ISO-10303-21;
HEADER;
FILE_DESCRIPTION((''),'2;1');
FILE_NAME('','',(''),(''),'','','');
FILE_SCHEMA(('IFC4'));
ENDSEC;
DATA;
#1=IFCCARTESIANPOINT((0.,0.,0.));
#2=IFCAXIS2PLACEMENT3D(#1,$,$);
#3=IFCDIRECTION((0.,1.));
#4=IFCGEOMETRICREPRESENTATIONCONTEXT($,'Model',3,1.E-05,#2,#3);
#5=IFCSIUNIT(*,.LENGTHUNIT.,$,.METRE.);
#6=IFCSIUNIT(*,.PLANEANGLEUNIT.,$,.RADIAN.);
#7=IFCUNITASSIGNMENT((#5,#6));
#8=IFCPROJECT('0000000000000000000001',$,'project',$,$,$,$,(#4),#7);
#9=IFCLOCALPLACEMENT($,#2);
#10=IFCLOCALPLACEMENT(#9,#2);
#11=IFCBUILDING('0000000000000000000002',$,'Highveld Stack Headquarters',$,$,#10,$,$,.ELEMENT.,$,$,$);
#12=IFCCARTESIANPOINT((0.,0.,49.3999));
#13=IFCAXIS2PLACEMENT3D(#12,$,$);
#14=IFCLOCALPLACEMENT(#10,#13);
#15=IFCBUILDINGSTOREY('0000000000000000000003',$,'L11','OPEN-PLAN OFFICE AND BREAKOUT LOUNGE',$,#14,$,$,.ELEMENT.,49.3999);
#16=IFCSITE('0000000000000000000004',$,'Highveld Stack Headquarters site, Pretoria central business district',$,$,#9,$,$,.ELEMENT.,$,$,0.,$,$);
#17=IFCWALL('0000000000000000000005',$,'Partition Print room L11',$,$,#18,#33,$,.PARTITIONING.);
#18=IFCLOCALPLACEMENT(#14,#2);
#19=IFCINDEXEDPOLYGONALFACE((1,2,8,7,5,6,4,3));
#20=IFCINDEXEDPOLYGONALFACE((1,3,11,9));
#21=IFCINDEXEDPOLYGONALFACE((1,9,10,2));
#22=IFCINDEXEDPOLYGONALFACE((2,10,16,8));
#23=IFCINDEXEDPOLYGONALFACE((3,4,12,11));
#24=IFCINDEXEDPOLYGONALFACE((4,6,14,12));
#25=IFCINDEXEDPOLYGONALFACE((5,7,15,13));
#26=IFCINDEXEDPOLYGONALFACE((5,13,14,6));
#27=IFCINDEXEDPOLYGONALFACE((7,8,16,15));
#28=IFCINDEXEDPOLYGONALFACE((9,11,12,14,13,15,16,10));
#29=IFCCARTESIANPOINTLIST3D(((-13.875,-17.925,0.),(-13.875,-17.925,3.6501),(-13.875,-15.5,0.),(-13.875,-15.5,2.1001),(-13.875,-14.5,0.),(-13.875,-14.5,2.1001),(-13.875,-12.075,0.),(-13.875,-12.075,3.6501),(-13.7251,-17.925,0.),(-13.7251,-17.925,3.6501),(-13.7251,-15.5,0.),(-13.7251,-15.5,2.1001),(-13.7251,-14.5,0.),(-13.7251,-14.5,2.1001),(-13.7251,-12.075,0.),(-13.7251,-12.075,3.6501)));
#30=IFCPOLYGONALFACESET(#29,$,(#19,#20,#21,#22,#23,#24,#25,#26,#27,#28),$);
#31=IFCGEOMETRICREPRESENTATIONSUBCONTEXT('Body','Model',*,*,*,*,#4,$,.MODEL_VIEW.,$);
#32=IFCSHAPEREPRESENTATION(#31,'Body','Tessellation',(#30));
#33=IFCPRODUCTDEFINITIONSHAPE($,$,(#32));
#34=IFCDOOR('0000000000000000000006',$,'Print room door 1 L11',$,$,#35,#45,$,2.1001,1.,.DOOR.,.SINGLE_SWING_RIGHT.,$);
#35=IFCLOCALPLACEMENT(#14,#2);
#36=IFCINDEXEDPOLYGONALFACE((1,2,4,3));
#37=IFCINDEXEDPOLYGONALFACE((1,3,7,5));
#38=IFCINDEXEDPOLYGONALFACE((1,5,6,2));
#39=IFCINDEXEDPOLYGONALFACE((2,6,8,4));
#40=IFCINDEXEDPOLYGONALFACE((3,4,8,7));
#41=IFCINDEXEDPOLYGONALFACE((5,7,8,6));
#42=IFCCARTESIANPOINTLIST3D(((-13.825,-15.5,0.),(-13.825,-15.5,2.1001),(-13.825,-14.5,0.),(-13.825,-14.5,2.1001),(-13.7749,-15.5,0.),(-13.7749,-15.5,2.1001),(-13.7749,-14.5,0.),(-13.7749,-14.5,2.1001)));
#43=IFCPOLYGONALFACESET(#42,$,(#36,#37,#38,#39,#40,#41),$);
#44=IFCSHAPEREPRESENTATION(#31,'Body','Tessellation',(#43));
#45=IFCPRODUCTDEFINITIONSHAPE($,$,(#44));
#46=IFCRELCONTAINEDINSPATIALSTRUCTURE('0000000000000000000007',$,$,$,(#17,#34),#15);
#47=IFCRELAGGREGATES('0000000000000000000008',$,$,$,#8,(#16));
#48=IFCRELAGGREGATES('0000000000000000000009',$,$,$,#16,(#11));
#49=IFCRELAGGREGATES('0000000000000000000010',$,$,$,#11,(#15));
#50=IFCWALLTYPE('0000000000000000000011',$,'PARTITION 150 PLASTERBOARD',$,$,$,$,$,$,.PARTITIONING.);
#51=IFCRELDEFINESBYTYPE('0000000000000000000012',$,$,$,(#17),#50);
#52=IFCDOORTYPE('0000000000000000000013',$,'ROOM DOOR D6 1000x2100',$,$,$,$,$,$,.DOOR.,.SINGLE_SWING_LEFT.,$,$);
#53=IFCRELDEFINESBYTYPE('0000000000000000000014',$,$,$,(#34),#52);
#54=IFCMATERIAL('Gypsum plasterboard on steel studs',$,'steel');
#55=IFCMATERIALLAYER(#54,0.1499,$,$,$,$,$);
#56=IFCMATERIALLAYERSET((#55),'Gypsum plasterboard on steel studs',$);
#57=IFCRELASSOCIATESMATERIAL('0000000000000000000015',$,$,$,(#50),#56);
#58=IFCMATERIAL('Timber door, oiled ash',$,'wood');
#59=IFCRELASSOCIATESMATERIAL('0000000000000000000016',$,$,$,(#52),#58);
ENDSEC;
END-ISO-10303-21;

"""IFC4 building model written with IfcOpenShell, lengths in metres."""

from ifc_helpers import new_model, si_unit, direction, frame, frame_2d, origin, place, context, subcontext, project, spatial, rectangle, extrude, material, layer, layer_set, type_object, element, fill, save


model = new_model("IFC4")

# Units and contexts
model_context = context("Model", 3, precision=1e-05, world=origin(), true_north=direction((0.0, 1.0)))
body_context = subcontext(model_context, "Body", "Model", "MODEL_VIEW")
ifc_project = project(units=[si_unit("LENGTHUNIT", "METRE"), si_unit("PLANEANGLEUNIT", "RADIAN")], contexts=[model_context])

# Site, building, storey
site_placement = place(None, origin())
site = spatial("IfcSite", under=ifc_project, at=site_placement, Name="Highveld Stack Headquarters site, Pretoria central business district", CompositionType="ELEMENT", RefElevation=0.0)
building_placement = place(site_placement, origin())
building = spatial("IfcBuilding", under=site, at=building_placement, Name="Highveld Stack Headquarters", CompositionType="ELEMENT")
storey_placement = place(building_placement, frame((0.0, 0.0, 49.3999)))
storey = spatial("IfcBuildingStorey", under=building, at=storey_placement, Name="L11", Description="OPEN-PLAN OFFICE AND BREAKOUT LOUNGE", CompositionType="ELEMENT", Elevation=49.3999)

# Shared definitions
ifc_material_1 = material(Name="Gypsum plasterboard on steel studs", Category="steel")
ifc_layer_1 = layer(ifc_material_1, 0.1499)
ifc_layer_set_1 = layer_set([ifc_layer_1], Name="Gypsum plasterboard on steel studs")
wall_type = type_object("IfcWallType", Name="PARTITION 150 PLASTERBOARD", PredefinedType="PARTITIONING", material=ifc_layer_set_1)

# Wall, opening, door
wall_1_placement = place(storey_placement, frame((-13.8, -17.925, 0.0), z_axis=(0.0, 0.0, 1.0), x_axis=(0.0, 1.0, 0.0)))
wall_1 = element("IfcWall", 1, at=wall_1_placement, inside=storey, type_object=wall_type, Name="Partition Print room L11", PredefinedType="PARTITIONING", context=body_context, shape_type="SweptSolid", body=[
    extrude(rectangle(XDim=5.8501, YDim=0.1499, at=frame_2d((2.925, 0.0))), origin(), (0.0, 0.0, 1.0), 3.6501),
])
opening_placement = place(wall_1_placement, frame((2.425, 0.0, 0.0)))
opening = element("IfcOpeningElement", 2, at=opening_placement, cuts=wall_1, PredefinedType="OPENING", context=body_context, shape_type="SweptSolid", body=[
    extrude(rectangle(XDim=1.0, YDim=2.1001, at=frame_2d((0.5, 1.05))), frame((0.0, 0.085, 0.0), z_axis=(0.0, -1.0, 0.0), x_axis=(1.0, 0.0, 0.0)), (0.0, 0.0, 1.0), 0.1699),
])
ifc_material_2 = material(Name="Timber door, oiled ash", Category="wood")
door_type = type_object("IfcDoorType", Name="ROOM DOOR D6 1000x2100", OperationType="SINGLE_SWING_LEFT", PredefinedType="DOOR", material=ifc_material_2)
door_placement = place(opening_placement, origin())
door = element("IfcDoor", 3, at=door_placement, inside=storey, type_object=door_type, Name="Print room door 1 L11", OperationType="SINGLE_SWING_RIGHT", OverallHeight=2.1001, OverallWidth=1.0, PredefinedType="DOOR", context=body_context, shape_type="SweptSolid", body=[
    extrude(rectangle(XDim=1.0, YDim=2.1001, at=frame_2d((0.5, 1.05))), frame((0.0, 0.0249, 0.0), z_axis=(0.0, -1.0, 0.0), x_axis=(1.0, 0.0, 0.0)), (0.0, 0.0, 1.0), 0.05),
])
fill(opening, door)

save(model, "model.ifc")
